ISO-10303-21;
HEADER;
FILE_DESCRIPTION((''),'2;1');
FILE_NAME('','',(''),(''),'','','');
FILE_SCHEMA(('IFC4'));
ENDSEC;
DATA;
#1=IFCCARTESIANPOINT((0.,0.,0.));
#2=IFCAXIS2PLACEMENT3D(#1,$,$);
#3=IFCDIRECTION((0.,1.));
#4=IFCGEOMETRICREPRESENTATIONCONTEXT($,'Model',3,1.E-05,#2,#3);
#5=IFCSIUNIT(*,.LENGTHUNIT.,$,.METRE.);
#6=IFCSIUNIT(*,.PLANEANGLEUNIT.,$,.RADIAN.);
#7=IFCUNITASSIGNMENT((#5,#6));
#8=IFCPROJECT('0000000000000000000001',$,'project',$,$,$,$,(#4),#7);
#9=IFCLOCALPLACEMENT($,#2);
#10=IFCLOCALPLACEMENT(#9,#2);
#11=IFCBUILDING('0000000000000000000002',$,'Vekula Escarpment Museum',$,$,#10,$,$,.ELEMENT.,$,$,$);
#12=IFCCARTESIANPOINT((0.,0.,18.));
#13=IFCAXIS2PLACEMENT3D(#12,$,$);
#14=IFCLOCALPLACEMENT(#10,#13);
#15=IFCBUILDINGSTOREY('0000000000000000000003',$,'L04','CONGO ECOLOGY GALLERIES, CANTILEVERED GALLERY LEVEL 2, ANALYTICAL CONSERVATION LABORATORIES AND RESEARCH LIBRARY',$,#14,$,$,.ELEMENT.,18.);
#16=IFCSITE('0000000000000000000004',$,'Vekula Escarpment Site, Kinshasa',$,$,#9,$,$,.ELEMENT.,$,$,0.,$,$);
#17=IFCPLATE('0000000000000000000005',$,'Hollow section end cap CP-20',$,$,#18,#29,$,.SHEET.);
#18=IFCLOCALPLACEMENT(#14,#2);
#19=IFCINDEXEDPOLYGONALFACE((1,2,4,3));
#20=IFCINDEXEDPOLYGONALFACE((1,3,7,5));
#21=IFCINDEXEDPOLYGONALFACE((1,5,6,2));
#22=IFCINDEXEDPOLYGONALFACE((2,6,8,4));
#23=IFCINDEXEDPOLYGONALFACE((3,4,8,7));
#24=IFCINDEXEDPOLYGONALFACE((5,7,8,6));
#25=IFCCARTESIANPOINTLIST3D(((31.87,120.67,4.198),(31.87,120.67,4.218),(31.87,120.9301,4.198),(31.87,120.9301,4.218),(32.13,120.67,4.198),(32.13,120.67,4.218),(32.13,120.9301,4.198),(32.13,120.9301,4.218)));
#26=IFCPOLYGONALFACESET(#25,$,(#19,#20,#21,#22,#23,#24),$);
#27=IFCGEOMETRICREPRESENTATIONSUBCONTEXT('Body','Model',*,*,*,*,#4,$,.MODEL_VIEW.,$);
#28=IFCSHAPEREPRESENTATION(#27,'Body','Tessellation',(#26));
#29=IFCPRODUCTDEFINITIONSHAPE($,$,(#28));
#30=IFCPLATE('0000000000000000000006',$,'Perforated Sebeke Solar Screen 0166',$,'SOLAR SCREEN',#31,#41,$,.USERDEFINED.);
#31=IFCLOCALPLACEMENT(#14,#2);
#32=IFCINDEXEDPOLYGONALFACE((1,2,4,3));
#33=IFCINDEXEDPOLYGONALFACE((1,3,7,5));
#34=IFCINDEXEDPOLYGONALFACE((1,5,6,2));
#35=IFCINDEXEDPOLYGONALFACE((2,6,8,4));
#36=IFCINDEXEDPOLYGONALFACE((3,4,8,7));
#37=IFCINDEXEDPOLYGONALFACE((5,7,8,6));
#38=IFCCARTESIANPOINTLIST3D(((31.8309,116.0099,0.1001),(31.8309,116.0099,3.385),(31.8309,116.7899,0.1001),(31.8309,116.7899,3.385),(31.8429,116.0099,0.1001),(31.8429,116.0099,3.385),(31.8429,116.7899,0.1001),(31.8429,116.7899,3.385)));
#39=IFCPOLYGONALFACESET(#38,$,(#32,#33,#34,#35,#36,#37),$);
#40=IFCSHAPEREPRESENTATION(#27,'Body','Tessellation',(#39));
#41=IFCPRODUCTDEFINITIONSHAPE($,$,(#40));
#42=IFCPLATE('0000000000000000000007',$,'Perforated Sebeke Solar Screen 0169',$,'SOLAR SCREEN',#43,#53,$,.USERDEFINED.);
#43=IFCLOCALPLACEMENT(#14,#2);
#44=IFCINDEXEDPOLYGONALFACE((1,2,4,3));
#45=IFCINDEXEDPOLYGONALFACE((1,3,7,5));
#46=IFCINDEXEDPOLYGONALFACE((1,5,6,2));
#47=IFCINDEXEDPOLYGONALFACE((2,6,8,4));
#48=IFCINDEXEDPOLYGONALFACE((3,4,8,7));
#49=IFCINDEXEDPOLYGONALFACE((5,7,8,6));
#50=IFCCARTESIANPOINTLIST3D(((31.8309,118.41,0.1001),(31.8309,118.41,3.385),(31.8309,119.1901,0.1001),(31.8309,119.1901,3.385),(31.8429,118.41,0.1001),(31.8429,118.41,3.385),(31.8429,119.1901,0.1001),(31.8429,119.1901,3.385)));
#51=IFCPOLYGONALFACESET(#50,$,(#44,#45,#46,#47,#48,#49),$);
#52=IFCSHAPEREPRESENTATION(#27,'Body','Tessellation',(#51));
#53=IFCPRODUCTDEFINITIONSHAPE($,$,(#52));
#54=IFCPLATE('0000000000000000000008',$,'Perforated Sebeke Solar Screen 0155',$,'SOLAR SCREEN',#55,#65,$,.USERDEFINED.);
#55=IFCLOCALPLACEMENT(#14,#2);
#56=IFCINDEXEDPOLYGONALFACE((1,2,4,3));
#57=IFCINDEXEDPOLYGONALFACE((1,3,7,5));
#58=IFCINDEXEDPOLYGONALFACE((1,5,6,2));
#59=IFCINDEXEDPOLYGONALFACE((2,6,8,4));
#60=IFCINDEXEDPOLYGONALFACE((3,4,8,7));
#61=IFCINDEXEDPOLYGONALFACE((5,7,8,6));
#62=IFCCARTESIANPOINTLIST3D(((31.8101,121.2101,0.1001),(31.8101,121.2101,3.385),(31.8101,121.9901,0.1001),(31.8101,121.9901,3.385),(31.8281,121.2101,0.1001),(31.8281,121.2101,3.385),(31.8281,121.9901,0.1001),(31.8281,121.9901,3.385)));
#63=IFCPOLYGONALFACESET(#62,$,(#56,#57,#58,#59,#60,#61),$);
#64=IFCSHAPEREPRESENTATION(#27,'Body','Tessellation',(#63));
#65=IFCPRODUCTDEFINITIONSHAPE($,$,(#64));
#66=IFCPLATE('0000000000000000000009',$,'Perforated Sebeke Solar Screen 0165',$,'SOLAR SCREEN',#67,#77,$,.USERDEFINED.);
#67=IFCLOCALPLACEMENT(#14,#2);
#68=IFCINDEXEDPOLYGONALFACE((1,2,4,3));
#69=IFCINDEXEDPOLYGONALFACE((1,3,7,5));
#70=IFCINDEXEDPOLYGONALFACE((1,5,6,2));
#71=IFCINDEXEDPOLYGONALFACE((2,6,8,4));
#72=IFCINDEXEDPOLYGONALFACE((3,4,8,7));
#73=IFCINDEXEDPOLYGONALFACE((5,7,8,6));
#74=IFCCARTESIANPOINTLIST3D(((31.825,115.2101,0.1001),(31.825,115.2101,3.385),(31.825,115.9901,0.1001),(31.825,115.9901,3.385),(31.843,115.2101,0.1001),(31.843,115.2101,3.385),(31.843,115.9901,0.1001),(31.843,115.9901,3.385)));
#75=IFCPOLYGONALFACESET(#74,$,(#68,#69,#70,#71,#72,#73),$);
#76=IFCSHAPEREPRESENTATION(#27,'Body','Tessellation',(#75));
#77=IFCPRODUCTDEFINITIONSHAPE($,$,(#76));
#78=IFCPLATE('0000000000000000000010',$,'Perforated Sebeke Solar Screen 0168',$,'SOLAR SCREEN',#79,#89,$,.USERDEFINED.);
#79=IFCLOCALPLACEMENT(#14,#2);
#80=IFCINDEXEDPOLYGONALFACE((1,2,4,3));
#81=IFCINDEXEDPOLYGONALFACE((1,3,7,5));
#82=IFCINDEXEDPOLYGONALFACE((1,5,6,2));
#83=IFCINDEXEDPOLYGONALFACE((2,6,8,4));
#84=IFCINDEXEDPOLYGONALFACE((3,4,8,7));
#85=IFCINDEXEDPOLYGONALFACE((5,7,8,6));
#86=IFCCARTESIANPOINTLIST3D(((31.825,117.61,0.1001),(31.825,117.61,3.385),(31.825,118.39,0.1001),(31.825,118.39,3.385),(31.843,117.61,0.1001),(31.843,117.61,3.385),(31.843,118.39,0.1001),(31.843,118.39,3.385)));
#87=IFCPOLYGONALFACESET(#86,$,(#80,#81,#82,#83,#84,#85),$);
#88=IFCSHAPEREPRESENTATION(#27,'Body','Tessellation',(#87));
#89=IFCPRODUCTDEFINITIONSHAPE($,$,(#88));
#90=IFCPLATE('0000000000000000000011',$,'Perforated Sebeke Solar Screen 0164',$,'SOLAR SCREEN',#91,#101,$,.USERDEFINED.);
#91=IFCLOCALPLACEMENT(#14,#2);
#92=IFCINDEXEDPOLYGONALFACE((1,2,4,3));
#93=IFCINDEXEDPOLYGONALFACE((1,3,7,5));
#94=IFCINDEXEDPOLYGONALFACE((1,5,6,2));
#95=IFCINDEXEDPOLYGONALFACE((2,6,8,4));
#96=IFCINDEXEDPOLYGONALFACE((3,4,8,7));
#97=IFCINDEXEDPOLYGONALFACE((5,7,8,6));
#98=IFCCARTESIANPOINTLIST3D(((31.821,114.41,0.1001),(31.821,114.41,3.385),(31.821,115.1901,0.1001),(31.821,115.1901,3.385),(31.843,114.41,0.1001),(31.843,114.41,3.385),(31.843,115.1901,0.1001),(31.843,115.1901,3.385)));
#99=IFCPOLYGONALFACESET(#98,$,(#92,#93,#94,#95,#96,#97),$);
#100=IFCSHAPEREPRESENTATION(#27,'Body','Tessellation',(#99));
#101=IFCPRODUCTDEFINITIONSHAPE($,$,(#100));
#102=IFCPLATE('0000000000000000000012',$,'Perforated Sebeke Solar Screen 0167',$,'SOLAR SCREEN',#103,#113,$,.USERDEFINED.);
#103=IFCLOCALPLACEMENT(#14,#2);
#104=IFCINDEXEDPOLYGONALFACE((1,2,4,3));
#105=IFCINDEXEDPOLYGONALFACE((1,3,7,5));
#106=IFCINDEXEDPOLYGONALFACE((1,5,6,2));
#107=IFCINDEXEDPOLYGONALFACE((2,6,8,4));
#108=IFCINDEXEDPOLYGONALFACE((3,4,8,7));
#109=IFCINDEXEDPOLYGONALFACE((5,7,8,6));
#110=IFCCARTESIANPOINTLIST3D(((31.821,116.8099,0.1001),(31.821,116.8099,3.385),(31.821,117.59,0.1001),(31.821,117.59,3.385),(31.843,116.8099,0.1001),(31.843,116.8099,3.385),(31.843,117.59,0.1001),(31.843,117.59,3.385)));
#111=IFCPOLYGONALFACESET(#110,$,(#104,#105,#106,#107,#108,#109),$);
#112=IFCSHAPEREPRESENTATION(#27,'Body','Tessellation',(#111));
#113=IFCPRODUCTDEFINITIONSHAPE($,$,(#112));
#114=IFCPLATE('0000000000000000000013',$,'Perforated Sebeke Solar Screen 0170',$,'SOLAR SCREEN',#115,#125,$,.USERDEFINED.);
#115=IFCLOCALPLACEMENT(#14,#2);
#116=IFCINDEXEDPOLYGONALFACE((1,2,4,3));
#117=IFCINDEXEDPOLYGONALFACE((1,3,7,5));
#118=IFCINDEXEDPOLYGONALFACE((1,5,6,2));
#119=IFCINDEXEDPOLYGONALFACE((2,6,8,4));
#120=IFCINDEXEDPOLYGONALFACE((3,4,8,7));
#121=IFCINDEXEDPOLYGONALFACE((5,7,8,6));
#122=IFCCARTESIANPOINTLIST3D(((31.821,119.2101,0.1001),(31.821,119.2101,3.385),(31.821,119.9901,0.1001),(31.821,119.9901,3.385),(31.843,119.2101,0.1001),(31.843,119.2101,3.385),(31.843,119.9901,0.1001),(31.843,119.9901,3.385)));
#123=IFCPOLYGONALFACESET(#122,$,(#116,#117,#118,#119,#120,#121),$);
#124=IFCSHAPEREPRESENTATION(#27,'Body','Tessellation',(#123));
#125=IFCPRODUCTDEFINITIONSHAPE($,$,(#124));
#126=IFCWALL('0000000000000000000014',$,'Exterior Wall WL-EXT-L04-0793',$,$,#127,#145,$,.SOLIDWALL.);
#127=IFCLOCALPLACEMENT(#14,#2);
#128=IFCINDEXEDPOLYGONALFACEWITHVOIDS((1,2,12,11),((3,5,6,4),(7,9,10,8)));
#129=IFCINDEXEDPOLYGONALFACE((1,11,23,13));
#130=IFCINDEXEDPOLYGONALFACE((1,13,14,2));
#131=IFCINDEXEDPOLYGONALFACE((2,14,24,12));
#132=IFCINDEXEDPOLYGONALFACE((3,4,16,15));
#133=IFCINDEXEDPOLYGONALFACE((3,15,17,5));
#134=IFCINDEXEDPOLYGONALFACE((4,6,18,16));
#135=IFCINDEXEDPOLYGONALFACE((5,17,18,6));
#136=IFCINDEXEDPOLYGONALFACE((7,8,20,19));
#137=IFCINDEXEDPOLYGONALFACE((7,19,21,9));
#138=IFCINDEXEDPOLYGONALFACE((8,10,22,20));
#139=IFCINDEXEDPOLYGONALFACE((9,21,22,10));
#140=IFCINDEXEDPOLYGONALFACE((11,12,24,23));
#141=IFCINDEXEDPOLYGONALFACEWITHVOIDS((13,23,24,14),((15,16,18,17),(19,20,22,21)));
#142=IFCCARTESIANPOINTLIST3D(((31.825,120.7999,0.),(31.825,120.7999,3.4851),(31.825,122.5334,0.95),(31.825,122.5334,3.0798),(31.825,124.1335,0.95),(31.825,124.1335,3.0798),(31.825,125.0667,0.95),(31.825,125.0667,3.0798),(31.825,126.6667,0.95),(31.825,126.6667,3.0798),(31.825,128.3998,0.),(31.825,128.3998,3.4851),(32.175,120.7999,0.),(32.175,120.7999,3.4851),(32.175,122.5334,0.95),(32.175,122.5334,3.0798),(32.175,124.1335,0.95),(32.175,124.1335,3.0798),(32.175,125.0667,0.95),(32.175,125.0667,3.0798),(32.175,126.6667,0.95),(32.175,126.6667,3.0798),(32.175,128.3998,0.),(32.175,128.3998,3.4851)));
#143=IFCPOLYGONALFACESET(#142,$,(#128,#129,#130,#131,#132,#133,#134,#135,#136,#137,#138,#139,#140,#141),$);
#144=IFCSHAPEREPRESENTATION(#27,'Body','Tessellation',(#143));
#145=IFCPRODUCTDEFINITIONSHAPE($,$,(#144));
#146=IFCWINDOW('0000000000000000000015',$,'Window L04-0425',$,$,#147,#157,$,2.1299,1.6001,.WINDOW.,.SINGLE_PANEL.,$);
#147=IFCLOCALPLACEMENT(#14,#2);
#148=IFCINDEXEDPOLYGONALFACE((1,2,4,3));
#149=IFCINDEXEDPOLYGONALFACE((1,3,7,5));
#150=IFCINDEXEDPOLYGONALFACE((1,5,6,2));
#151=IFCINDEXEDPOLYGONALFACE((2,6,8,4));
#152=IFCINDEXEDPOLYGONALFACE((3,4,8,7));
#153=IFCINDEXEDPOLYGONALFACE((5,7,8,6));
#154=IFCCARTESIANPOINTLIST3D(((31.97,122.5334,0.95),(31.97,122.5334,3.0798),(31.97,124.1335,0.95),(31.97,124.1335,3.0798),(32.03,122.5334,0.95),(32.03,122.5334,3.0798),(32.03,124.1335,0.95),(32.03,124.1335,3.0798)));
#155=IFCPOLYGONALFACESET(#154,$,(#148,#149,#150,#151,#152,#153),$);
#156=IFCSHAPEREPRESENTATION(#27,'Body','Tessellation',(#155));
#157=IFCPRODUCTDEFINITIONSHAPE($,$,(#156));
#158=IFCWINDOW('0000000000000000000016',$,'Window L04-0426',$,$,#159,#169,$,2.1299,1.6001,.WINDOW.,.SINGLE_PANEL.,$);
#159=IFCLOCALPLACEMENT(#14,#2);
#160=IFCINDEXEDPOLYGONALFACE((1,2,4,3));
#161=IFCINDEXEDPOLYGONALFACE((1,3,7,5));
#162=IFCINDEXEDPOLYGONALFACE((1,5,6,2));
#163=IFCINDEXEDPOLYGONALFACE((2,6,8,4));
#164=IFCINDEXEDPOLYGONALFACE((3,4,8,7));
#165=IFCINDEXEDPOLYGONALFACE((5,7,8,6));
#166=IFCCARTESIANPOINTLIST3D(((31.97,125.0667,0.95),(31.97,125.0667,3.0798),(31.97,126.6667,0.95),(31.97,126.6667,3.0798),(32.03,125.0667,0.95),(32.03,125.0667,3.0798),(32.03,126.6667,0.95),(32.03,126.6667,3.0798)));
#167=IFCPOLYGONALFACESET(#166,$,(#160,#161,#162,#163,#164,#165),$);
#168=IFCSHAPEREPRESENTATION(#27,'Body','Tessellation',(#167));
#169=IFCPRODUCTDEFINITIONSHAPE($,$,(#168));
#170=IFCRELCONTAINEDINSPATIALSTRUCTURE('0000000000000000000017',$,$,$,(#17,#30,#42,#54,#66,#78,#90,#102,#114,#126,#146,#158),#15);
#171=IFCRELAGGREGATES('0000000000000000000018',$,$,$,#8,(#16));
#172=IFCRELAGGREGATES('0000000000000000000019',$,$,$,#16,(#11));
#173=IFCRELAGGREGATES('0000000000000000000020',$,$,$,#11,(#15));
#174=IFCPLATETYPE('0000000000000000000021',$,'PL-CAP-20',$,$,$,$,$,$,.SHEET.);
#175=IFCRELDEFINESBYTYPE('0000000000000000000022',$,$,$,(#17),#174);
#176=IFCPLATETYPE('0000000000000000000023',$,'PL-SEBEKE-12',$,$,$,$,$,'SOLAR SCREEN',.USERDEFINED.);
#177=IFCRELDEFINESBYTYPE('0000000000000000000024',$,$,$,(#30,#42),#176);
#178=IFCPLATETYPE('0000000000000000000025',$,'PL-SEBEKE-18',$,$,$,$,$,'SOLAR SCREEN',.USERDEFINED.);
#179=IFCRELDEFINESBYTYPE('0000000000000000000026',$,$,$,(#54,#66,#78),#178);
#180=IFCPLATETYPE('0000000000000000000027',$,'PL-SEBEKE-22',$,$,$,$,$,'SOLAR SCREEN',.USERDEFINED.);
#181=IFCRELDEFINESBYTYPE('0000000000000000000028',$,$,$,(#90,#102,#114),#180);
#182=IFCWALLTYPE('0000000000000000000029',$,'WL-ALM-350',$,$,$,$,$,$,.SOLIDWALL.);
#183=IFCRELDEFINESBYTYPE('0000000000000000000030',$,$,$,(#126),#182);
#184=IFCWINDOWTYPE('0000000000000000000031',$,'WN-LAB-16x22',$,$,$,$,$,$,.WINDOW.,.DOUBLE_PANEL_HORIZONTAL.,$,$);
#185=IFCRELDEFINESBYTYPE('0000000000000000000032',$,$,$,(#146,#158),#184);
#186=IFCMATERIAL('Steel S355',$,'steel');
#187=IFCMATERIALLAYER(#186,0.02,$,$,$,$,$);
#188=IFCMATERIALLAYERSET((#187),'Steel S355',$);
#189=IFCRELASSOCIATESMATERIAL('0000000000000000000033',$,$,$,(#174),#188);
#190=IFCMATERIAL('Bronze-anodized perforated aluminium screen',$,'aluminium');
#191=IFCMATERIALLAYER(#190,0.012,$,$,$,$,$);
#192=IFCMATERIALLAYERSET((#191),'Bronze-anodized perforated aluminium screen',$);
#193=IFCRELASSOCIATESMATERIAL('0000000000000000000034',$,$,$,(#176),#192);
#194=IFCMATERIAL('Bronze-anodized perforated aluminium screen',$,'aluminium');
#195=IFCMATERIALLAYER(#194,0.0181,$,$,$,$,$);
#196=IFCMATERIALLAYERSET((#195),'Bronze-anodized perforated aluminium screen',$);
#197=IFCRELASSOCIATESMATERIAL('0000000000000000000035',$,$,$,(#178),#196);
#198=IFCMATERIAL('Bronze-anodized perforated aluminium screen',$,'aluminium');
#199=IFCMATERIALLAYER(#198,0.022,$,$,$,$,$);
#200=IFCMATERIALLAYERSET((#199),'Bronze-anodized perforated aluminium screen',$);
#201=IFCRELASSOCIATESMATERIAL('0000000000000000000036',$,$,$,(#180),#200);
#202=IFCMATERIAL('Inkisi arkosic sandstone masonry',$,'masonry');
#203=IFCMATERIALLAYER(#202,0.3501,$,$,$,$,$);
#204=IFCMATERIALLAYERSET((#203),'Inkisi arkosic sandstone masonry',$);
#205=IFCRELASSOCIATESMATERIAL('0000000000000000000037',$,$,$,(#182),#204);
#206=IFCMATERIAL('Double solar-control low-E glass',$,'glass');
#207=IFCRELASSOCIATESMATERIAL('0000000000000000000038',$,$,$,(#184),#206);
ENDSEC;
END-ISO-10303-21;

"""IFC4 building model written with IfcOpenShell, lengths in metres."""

from ifc_helpers import new_model, si_unit, direction, frame, frame_2d, origin, origin_2d, place, context, subcontext, project, spatial, rectangle, extrude, material, layer, layer_set, type_object, element, fill, save


model = new_model("IFC4")

# Units and contexts
model_context = context("Model", 3, precision=1e-05, world=origin(), true_north=direction((0.0, 1.0)))
body_context = subcontext(model_context, "Body", "Model", "MODEL_VIEW")
ifc_project = project(units=[si_unit("LENGTHUNIT", "METRE"), si_unit("PLANEANGLEUNIT", "RADIAN")], contexts=[model_context])

# Site, building, storey
site_placement = place(None, origin())
site = spatial("IfcSite", under=ifc_project, at=site_placement, Name="Vekula Escarpment Site, Kinshasa", CompositionType="ELEMENT", RefElevation=0.0)
building_placement = place(site_placement, origin())
building = spatial("IfcBuilding", under=site, at=building_placement, Name="Vekula Escarpment Museum", CompositionType="ELEMENT")
storey_placement = place(building_placement, frame((0.0, 0.0, 18.0)))
storey = spatial("IfcBuildingStorey", under=building, at=storey_placement, Name="L04", Description="CONGO ECOLOGY GALLERIES, CANTILEVERED GALLERY LEVEL 2, ANALYTICAL CONSERVATION LABORATORIES AND RESEARCH LIBRARY", CompositionType="ELEMENT", Elevation=18.0)

# Plates
ifc_material_1 = material(Name="Steel S355", Category="steel")
ifc_layer_1 = layer(ifc_material_1, 0.02)
ifc_layer_set_1 = layer_set([ifc_layer_1], Name="Steel S355")
plate_type_1 = type_object("IfcPlateType", Name="PL-CAP-20", PredefinedType="SHEET", material=ifc_layer_set_1)
plate_placement = place(storey_placement, frame((32.0, 120.8, 4.198), z_axis=(0.0, 0.0, 1.0), x_axis=(1.0, 0.0, 0.0)))
element("IfcPlate", 1, at=plate_placement, inside=storey, type_object=plate_type_1, Name="Hollow section end cap CP-20", PredefinedType="SHEET", context=body_context, shape_type="SweptSolid", body=[
    extrude(rectangle(XDim=0.26, YDim=0.26, at=origin_2d()), origin(), (0.0, 0.0, 1.0), 0.02),
])
ifc_material_2 = material(Name="Bronze-anodized perforated aluminium screen", Category="aluminium")
ifc_layer_2 = layer(ifc_material_2, 0.012)
ifc_layer_set_2 = layer_set([ifc_layer_2], Name="Bronze-anodized perforated aluminium screen")
plate_type_2 = type_object("IfcPlateType", Name="PL-SEBEKE-12", ElementType="SOLAR SCREEN", PredefinedType="USERDEFINED", material=ifc_layer_set_2)
for number, where, z_axis, x_axis, name in (
    (2, (31.8369, 116.3999, 0.1001), (0.0, 0.0, 1.0), (0.0, 1.0, 0.0), "Perforated Sebeke Solar Screen 0166"),
    (3, (31.8369, 118.8, 0.1001), (0.0, 0.0, 1.0), (0.0, 1.0, 0.0), "Perforated Sebeke Solar Screen 0169"),
):
    element("IfcPlate", number, at=place(storey_placement, frame(where, z_axis=z_axis, x_axis=x_axis)), inside=storey, type_object=plate_type_2, Name=name, ObjectType="SOLAR SCREEN", PredefinedType="USERDEFINED", context=body_context, shape_type="SweptSolid", body=[
        extrude(rectangle(XDim=0.78, YDim=0.012, at=origin_2d()), origin(), (0.0, 0.0, 1.0), 3.2849),
    ])
ifc_material_3 = material(Name="Bronze-anodized perforated aluminium screen", Category="aluminium")
ifc_layer_3 = layer(ifc_material_3, 0.0181)
ifc_layer_set_3 = layer_set([ifc_layer_3], Name="Bronze-anodized perforated aluminium screen")
plate_type_3 = type_object("IfcPlateType", Name="PL-SEBEKE-18", ElementType="SOLAR SCREEN", PredefinedType="USERDEFINED", material=ifc_layer_set_3)
for number, where, z_axis, x_axis, name in (
    (4, (31.8191, 121.6001, 0.1001), (0.0, 0.0, 1.0), (0.0, 1.0, 0.0), "Perforated Sebeke Solar Screen 0155"),
    (5, (31.834, 115.6001, 0.1001), (0.0, 0.0, 1.0), (0.0, 1.0, 0.0), "Perforated Sebeke Solar Screen 0165"),
    (6, (31.834, 118.0, 0.1001), (0.0, 0.0, 1.0), (0.0, 1.0, 0.0), "Perforated Sebeke Solar Screen 0168"),
):
    element("IfcPlate", number, at=place(storey_placement, frame(where, z_axis=z_axis, x_axis=x_axis)), inside=storey, type_object=plate_type_3, Name=name, ObjectType="SOLAR SCREEN", PredefinedType="USERDEFINED", context=body_context, shape_type="SweptSolid", body=[
        extrude(rectangle(XDim=0.78, YDim=0.0181, at=origin_2d()), origin(), (0.0, 0.0, 1.0), 3.2849),
    ])
ifc_material_4 = material(Name="Bronze-anodized perforated aluminium screen", Category="aluminium")
ifc_layer_4 = layer(ifc_material_4, 0.022)
ifc_layer_set_4 = layer_set([ifc_layer_4], Name="Bronze-anodized perforated aluminium screen")
plate_type_4 = type_object("IfcPlateType", Name="PL-SEBEKE-22", ElementType="SOLAR SCREEN", PredefinedType="USERDEFINED", material=ifc_layer_set_4)
for number, where, z_axis, x_axis, name in (
    (7, (31.832, 114.8, 0.1001), (0.0, 0.0, 1.0), (0.0, 1.0, 0.0), "Perforated Sebeke Solar Screen 0164"),
    (8, (31.832, 117.2, 0.1001), (0.0, 0.0, 1.0), (0.0, 1.0, 0.0), "Perforated Sebeke Solar Screen 0167"),
    (9, (31.832, 119.6001, 0.1001), (0.0, 0.0, 1.0), (0.0, 1.0, 0.0), "Perforated Sebeke Solar Screen 0170"),
):
    element("IfcPlate", number, at=place(storey_placement, frame(where, z_axis=z_axis, x_axis=x_axis)), inside=storey, type_object=plate_type_4, Name=name, ObjectType="SOLAR SCREEN", PredefinedType="USERDEFINED", context=body_context, shape_type="SweptSolid", body=[
        extrude(rectangle(XDim=0.78, YDim=0.022, at=origin_2d()), origin(), (0.0, 0.0, 1.0), 3.2849),
    ])

# Wall, openings, windows
ifc_material_5 = material(Name="Inkisi arkosic sandstone masonry", Category="masonry")
ifc_layer_5 = layer(ifc_material_5, 0.3501)
ifc_layer_set_5 = layer_set([ifc_layer_5], Name="Inkisi arkosic sandstone masonry")
wall_type_1 = type_object("IfcWallType", Name="WL-ALM-350", PredefinedType="SOLIDWALL", material=ifc_layer_set_5)
wall_1_placement = place(storey_placement, frame((32.0, 120.8, 0.0), z_axis=(0.0, 0.0, 1.0), x_axis=(0.0, 1.0, 0.0)))
wall_1 = element("IfcWall", 10, at=wall_1_placement, inside=storey, type_object=wall_type_1, Name="Exterior Wall WL-EXT-L04-0793", PredefinedType="SOLIDWALL", context=body_context, shape_type="SweptSolid", body=[
    extrude(rectangle(XDim=7.5999, YDim=0.3501, at=frame_2d((3.7998, 0.0))), origin(), (0.0, 0.0, 1.0), 3.4851),
])
opening_1_placement = place(wall_1_placement, frame((1.7334, 0.0, 0.95)))
opening_1 = element("IfcOpeningElement", 11, at=opening_1_placement, cuts=wall_1, PredefinedType="OPENING", context=body_context, shape_type="SweptSolid", body=[
    extrude(rectangle(XDim=1.6001, YDim=2.1299, at=frame_2d((0.8, 1.0649))), frame((0.0, 0.1851, 0.0), z_axis=(0.0, -1.0, 0.0), x_axis=(1.0, 0.0, 0.0)), (0.0, 0.0, 1.0), 0.3701),
])
opening_2_placement = place(wall_1_placement, frame((4.2666, 0.0, 0.95)))
opening_2 = element("IfcOpeningElement", 12, at=opening_2_placement, cuts=wall_1, PredefinedType="OPENING", context=body_context, shape_type="SweptSolid", body=[
    extrude(rectangle(XDim=1.6001, YDim=2.1299, at=frame_2d((0.8, 1.0649))), frame((0.0, 0.1851, 0.0), z_axis=(0.0, -1.0, 0.0), x_axis=(1.0, 0.0, 0.0)), (0.0, 0.0, 1.0), 0.3701),
])
ifc_material_6 = material(Name="Double solar-control low-E glass", Category="glass")
window_type = type_object("IfcWindowType", Name="WN-LAB-16x22", PartitioningType="DOUBLE_PANEL_HORIZONTAL", PredefinedType="WINDOW", material=ifc_material_6)
window_1_placement = place(opening_1_placement, origin())
window_1 = element("IfcWindow", 13, at=window_1_placement, inside=storey, type_object=window_type, Name="Window L04-0425", OverallHeight=2.1299, OverallWidth=1.6001, PartitioningType="SINGLE_PANEL", PredefinedType="WINDOW", context=body_context, shape_type="SweptSolid", body=[
    extrude(rectangle(XDim=1.6001, YDim=2.1299, at=frame_2d((0.8, 1.0649))), frame((0.0, 0.03, 0.0), z_axis=(0.0, -1.0, 0.0), x_axis=(1.0, 0.0, 0.0)), (0.0, 0.0, 1.0), 0.0601),
])
fill(opening_1, window_1)
window_2_placement = place(opening_2_placement, origin())
window_2 = element("IfcWindow", 14, at=window_2_placement, inside=storey, type_object=window_type, Name="Window L04-0426", OverallHeight=2.1299, OverallWidth=1.6001, PartitioningType="SINGLE_PANEL", PredefinedType="WINDOW", context=body_context, shape_type="SweptSolid", body=[
    extrude(rectangle(XDim=1.6001, YDim=2.1299, at=frame_2d((0.8, 1.0649))), frame((0.0, 0.03, 0.0), z_axis=(0.0, -1.0, 0.0), x_axis=(1.0, 0.0, 0.0)), (0.0, 0.0, 1.0), 0.0601),
])
fill(opening_2, window_2)

save(model, "model.ifc")
